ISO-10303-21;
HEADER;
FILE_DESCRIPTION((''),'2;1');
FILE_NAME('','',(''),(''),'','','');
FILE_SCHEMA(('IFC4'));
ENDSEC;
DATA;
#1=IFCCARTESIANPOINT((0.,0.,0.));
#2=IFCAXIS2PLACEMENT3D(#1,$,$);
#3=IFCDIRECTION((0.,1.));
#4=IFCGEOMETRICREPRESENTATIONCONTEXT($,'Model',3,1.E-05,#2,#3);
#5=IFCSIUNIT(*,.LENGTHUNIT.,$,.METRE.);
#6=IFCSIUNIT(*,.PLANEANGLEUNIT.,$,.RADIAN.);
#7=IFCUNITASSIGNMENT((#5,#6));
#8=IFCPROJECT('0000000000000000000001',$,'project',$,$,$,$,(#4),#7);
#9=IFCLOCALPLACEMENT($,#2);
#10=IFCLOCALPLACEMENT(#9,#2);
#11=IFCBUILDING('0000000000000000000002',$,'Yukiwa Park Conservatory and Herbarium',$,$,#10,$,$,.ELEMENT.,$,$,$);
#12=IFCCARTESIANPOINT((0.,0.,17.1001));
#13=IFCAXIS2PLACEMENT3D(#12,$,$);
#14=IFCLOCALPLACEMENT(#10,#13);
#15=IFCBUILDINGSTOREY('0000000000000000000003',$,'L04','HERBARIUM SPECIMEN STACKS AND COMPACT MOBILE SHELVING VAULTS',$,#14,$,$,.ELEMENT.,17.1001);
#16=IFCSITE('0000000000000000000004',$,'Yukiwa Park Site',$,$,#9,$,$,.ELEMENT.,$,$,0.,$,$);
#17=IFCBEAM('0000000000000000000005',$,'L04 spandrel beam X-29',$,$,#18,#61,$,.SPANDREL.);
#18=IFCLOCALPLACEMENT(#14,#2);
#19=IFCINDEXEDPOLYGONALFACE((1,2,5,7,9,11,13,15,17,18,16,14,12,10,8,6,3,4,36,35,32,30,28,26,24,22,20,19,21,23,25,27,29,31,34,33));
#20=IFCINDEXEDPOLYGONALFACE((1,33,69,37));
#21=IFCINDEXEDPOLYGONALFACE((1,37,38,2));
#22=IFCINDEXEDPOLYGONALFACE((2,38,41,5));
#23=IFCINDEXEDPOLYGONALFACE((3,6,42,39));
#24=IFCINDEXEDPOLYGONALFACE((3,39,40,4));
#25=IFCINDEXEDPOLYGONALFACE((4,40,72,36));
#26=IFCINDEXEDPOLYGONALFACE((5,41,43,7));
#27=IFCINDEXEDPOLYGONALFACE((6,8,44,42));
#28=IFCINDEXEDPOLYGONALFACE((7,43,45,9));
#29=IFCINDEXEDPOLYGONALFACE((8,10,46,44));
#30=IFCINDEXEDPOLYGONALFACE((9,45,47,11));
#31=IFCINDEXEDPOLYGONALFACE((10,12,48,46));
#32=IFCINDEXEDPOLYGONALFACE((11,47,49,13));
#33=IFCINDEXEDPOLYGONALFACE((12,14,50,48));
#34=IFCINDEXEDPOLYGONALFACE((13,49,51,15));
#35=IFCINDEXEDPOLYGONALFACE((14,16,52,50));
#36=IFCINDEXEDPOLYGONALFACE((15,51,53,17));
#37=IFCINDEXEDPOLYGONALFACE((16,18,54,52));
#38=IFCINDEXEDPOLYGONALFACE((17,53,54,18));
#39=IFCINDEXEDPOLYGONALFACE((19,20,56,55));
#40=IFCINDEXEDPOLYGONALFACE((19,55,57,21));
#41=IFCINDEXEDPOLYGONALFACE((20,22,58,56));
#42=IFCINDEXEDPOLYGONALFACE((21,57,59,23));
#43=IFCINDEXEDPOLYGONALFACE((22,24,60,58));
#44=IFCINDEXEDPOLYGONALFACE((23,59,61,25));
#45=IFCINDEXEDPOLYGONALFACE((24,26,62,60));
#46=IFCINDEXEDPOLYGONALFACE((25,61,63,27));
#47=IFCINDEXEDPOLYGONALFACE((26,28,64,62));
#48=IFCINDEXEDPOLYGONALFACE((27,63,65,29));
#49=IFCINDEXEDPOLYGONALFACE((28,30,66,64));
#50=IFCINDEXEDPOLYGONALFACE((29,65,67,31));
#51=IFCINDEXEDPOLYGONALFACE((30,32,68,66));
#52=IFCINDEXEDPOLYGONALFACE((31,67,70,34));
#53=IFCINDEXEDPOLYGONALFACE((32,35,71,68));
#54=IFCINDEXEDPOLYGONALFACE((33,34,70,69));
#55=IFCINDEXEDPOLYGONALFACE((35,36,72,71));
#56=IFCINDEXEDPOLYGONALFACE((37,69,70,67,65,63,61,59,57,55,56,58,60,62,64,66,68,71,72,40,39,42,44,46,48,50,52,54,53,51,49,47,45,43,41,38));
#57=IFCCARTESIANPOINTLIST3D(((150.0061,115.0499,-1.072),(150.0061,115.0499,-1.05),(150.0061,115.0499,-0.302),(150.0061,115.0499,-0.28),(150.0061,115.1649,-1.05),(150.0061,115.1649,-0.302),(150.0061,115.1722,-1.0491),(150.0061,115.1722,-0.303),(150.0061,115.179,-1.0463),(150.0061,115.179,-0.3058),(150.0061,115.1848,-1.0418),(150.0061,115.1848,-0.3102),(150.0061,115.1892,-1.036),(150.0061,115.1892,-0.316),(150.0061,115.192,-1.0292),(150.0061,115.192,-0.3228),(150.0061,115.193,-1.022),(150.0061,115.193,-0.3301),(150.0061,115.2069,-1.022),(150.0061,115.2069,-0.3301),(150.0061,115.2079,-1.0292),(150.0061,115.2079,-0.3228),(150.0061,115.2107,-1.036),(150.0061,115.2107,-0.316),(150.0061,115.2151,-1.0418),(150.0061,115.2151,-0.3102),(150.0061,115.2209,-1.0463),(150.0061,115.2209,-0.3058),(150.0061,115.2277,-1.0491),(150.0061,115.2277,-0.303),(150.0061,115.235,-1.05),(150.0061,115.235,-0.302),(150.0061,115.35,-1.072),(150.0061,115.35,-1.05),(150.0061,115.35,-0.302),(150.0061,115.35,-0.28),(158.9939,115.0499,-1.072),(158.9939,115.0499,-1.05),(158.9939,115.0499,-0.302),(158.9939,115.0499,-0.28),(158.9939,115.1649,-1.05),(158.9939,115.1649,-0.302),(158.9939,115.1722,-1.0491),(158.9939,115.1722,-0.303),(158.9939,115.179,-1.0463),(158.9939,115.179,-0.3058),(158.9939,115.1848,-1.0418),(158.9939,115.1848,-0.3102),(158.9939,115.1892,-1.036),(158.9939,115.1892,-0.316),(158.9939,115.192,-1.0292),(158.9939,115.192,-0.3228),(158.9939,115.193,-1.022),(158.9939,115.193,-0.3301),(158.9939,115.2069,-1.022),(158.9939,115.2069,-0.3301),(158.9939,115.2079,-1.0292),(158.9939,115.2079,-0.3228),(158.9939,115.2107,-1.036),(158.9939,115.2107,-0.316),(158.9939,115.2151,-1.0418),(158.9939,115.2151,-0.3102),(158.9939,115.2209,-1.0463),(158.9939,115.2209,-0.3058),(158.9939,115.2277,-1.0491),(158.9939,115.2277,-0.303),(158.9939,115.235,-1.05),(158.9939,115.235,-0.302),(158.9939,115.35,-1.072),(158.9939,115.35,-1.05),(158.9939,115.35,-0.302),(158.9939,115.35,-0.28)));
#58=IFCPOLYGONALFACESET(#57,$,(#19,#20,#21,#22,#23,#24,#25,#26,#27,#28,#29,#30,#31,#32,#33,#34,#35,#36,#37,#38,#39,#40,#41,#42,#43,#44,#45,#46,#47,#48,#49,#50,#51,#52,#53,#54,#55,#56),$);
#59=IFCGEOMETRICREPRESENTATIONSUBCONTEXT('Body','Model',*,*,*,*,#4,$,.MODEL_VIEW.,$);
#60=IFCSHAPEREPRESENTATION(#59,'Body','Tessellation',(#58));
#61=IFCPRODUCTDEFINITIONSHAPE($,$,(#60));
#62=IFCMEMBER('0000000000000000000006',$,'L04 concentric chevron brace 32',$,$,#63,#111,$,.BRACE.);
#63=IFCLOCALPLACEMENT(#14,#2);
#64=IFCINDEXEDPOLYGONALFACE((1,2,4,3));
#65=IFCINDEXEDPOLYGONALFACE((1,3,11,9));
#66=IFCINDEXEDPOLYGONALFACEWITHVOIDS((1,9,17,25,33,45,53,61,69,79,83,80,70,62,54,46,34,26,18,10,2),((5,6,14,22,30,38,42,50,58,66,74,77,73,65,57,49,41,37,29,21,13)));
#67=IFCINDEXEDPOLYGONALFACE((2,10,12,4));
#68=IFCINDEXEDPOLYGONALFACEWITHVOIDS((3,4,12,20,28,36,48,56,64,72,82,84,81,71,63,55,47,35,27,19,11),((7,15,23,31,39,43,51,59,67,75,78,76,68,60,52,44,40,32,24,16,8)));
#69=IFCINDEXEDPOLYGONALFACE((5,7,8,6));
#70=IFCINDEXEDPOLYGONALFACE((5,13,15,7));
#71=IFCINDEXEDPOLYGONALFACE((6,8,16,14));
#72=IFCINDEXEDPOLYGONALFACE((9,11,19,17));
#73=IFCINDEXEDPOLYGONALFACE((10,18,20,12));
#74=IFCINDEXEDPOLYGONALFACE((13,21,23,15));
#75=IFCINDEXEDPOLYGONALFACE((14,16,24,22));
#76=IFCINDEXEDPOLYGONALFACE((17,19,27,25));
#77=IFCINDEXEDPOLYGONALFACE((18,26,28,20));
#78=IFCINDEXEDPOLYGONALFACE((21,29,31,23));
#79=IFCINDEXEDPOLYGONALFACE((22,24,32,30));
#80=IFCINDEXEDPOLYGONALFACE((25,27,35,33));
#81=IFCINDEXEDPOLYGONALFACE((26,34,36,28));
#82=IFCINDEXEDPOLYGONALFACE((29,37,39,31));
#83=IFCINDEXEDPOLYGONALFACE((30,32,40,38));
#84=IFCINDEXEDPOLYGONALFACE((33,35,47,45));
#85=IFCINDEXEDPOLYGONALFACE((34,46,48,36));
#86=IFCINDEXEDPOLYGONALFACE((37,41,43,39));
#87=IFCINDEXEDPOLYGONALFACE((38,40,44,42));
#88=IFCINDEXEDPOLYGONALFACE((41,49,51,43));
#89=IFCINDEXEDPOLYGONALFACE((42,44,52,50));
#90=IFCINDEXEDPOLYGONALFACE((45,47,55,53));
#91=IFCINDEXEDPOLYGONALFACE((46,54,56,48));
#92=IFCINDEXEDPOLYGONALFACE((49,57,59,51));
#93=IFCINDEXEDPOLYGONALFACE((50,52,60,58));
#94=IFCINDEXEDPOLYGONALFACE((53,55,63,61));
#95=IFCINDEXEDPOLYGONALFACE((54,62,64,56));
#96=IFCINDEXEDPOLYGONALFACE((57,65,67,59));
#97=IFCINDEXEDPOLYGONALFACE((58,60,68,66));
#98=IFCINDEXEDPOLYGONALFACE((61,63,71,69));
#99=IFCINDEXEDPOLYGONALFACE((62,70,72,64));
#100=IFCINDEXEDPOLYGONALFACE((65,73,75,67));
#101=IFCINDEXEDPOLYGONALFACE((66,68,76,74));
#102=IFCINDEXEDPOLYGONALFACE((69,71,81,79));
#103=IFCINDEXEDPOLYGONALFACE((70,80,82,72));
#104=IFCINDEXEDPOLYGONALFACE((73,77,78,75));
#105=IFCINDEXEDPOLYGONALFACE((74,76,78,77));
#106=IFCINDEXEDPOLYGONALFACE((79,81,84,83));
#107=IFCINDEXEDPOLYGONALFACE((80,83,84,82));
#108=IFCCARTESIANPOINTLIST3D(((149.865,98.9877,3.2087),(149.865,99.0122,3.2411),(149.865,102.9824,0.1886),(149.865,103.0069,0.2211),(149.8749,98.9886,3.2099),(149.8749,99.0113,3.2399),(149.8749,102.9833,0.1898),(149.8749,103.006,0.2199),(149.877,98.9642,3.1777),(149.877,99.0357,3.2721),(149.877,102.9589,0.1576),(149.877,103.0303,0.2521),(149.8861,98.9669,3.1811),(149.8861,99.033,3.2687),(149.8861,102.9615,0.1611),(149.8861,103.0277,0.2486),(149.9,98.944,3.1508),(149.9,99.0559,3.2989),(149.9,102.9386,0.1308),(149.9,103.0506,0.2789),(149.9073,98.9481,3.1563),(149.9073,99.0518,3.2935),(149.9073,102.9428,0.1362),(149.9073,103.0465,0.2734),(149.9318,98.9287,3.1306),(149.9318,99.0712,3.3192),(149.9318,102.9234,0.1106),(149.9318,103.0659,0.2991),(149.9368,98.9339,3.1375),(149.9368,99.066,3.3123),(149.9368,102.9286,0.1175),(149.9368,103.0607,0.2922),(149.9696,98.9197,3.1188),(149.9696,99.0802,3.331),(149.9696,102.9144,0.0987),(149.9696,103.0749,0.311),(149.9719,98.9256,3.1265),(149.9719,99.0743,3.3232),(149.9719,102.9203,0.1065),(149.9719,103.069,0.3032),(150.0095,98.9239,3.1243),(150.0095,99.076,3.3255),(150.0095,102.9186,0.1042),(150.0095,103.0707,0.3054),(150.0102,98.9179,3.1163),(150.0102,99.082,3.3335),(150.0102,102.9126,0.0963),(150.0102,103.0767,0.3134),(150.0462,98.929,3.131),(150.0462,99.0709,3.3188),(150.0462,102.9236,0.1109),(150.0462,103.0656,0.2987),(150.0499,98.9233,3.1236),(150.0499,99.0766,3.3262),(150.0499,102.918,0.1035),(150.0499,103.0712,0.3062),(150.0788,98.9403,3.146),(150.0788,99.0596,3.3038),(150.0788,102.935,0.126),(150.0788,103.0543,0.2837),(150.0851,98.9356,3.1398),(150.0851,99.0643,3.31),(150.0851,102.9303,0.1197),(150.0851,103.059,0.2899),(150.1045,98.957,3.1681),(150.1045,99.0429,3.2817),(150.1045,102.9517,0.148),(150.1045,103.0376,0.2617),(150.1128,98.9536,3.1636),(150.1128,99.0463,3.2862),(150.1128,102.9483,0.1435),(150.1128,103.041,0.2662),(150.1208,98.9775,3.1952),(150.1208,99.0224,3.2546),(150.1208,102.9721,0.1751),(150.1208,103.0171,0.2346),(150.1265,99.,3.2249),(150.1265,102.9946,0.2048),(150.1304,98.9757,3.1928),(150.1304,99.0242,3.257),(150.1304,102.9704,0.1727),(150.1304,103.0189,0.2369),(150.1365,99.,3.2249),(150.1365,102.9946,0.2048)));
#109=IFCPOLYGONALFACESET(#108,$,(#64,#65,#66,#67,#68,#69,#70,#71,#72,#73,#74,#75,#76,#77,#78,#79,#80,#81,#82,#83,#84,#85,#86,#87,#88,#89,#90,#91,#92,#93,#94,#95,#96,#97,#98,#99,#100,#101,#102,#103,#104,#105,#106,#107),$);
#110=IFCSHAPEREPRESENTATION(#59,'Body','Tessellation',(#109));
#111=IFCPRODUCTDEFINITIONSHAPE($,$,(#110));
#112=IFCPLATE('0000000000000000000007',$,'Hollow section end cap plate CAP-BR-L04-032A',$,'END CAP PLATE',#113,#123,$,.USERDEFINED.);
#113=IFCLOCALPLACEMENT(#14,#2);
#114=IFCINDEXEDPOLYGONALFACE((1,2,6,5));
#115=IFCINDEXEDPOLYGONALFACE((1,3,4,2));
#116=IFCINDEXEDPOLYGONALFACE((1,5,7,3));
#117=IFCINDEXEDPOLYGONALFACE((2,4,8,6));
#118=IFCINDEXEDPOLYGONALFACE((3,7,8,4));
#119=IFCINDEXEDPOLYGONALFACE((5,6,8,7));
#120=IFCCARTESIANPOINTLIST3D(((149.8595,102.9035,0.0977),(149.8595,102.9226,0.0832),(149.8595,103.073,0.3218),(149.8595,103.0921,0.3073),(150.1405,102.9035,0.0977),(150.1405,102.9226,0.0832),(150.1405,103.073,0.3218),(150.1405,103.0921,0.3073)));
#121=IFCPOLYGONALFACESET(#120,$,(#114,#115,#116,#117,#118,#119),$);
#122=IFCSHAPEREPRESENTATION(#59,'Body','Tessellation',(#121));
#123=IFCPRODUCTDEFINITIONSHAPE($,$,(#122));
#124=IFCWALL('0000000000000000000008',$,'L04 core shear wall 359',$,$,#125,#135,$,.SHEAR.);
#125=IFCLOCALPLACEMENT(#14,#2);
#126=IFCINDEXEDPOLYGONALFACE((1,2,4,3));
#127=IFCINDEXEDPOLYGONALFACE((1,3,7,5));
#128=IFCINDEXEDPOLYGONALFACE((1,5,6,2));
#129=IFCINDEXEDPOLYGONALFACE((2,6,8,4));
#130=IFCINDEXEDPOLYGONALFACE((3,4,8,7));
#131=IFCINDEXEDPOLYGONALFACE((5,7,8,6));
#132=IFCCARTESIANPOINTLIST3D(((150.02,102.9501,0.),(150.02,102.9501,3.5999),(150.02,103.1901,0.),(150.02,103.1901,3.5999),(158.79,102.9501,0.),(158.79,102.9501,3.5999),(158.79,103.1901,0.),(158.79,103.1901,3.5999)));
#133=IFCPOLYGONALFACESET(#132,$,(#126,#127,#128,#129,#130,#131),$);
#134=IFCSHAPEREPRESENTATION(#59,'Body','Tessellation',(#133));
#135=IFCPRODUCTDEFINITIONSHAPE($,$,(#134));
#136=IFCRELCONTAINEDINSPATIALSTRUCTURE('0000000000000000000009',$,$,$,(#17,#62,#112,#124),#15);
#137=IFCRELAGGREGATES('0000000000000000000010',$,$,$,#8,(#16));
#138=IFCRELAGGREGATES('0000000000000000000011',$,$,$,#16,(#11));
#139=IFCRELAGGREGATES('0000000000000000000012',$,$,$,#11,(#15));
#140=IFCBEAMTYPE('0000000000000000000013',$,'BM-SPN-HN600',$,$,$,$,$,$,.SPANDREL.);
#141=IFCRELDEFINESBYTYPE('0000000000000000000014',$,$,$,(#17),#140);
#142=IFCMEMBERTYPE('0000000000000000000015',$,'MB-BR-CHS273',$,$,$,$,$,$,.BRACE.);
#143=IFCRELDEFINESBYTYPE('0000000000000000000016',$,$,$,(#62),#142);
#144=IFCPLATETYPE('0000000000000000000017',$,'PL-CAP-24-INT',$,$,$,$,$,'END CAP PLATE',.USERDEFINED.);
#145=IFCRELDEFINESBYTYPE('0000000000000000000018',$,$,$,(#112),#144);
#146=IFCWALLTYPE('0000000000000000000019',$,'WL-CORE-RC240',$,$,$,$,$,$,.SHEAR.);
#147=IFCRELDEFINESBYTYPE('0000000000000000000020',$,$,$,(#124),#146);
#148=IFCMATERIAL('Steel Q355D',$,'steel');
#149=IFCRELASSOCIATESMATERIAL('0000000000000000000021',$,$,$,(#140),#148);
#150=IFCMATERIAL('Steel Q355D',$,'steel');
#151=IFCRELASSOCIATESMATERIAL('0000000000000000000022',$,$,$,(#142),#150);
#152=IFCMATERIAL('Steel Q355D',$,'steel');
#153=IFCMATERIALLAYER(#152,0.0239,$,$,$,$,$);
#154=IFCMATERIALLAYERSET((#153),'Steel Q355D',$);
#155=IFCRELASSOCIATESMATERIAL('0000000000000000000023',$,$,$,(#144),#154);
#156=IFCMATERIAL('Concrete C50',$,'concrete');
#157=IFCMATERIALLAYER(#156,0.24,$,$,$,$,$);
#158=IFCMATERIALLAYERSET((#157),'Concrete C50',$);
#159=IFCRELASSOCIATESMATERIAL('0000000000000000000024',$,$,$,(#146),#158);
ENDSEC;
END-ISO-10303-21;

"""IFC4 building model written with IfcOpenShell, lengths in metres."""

from ifc_helpers import new_model, si_unit, direction, frame, frame_2d, origin, origin_2d, place, context, subcontext, project, spatial, rectangle, hollow_circle, i_section, extrude, material, layer, layer_set, material_profile, profile_set, type_object, element, save


model = new_model("IFC4")

# Units and contexts
model_context = context("Model", 3, precision=1e-05, world=origin(), true_north=direction((0.0, 1.0)))
body_context = subcontext(model_context, "Body", "Model", "MODEL_VIEW")
ifc_project = project(units=[si_unit("LENGTHUNIT", "METRE"), si_unit("PLANEANGLEUNIT", "RADIAN")], contexts=[model_context])

# Site, building, storey
site_placement = place(None, origin())
site = spatial("IfcSite", under=ifc_project, at=site_placement, Name="Yukiwa Park Site", CompositionType="ELEMENT", RefElevation=0.0)
building_placement = place(site_placement, origin())
building = spatial("IfcBuilding", under=site, at=building_placement, Name="Yukiwa Park Conservatory and Herbarium", CompositionType="ELEMENT")
storey_placement = place(building_placement, frame((0.0, 0.0, 17.1001)))
storey = spatial("IfcBuildingStorey", under=building, at=storey_placement, Name="L04", Description="HERBARIUM SPECIMEN STACKS AND COMPACT MOBILE SHELVING VAULTS", CompositionType="ELEMENT", Elevation=17.1001)

# Beam
ifc_material_1 = material(Name="Steel Q355D", Category="steel")
ifc_material_profile_1 = material_profile(ifc_material_1, i_section(OverallWidth=0.3, OverallDepth=0.792, WebThickness=0.0139, FlangeThickness=0.022, FilletRadius=0.0281, at=origin_2d()), Name="HN 792x300x14x22")
ifc_profile_set_1 = profile_set([ifc_material_profile_1], Name="Steel Q355D")
beam_type_1 = type_object("IfcBeamType", Name="BM-SPN-HN600", PredefinedType="SPANDREL", material=ifc_profile_set_1)
for number, where, z_axis, x_axis, name in (
    (1, (150.0061, 115.2, -0.676), (1.0, 0.0, 0.0), (0.0, 1.0, 0.0), "L04 spandrel beam X-29"),
):
    element("IfcBeam", number, at=place(storey_placement, frame(where, z_axis=z_axis, x_axis=x_axis)), inside=storey, type_object=beam_type_1, Name=name, PredefinedType="SPANDREL", context=body_context, shape_type="SweptSolid", body=[
        extrude(i_section(OverallWidth=0.3, OverallDepth=0.792, WebThickness=0.0139, FlangeThickness=0.022, FilletRadius=0.0281, at=origin_2d()), origin(), (0.0, 0.0, 1.0), 8.9878),
    ])

# Member
ifc_material_2 = material(Name="Steel Q355D", Category="steel")
ifc_material_profile_2 = material_profile(ifc_material_2, hollow_circle(Radius=0.1365, WallThickness=0.01, at=origin_2d()), Name="CHS 273x10")
ifc_profile_set_2 = profile_set([ifc_material_profile_2], Name="Steel Q355D")
member_type = type_object("IfcMemberType", Name="MB-BR-CHS273", PredefinedType="BRACE", material=ifc_profile_set_2)
member_placement = place(storey_placement, frame((150.0, 102.9946, 0.2048), z_axis=(0.0, -0.797689, 0.603069), x_axis=(1.0, 0.0, 0.0)))
element("IfcMember", 2, at=member_placement, inside=storey, type_object=member_type, Name="L04 concentric chevron brace 32", PredefinedType="BRACE", context=body_context, shape_type="SweptSolid", body=[
    extrude(hollow_circle(Radius=0.1365, WallThickness=0.01, at=origin_2d()), origin(), (0.0, 0.0, 1.0), 5.0078),
])

# Plate
ifc_material_3 = material(Name="Steel Q355D", Category="steel")
ifc_layer_1 = layer(ifc_material_3, 0.0239)
ifc_layer_set_1 = layer_set([ifc_layer_1], Name="Steel Q355D")
plate_type = type_object("IfcPlateType", Name="PL-CAP-24-INT", ElementType="END CAP PLATE", PredefinedType="USERDEFINED", material=ifc_layer_set_1)
plate_placement = place(storey_placement, frame((150.0, 102.9883, 0.2097), z_axis=(0.0, 0.797539, -0.603267), x_axis=(-1.0, 0.0, 0.0)))
element("IfcPlate", 3, at=plate_placement, inside=storey, type_object=plate_type, Name="Hollow section end cap plate CAP-BR-L04-032A", ObjectType="END CAP PLATE", PredefinedType="USERDEFINED", context=body_context, shape_type="SweptSolid", body=[
    extrude(rectangle(XDim=0.281, YDim=0.281, at=origin_2d()), origin(), (0.0, 0.0, 1.0), 0.0239),
])

# Wall
ifc_material_4 = material(Name="Concrete C50", Category="concrete")
ifc_layer_2 = layer(ifc_material_4, 0.24)
ifc_layer_set_2 = layer_set([ifc_layer_2], Name="Concrete C50")
wall_type_1 = type_object("IfcWallType", Name="WL-CORE-RC240", PredefinedType="SHEAR", material=ifc_layer_set_2)
wall_1_placement = place(storey_placement, frame((150.02, 103.0701, 0.0), z_axis=(0.0, 0.0, 1.0), x_axis=(1.0, 0.0, 0.0)))
element("IfcWall", 4, at=wall_1_placement, inside=storey, type_object=wall_type_1, Name="L04 core shear wall 359", PredefinedType="SHEAR", context=body_context, shape_type="SweptSolid", body=[
    extrude(rectangle(XDim=8.77, YDim=0.24, at=frame_2d((4.385, 0.0))), origin(), (0.0, 0.0, 1.0), 3.5999),
])

save(model, "model.ifc")
